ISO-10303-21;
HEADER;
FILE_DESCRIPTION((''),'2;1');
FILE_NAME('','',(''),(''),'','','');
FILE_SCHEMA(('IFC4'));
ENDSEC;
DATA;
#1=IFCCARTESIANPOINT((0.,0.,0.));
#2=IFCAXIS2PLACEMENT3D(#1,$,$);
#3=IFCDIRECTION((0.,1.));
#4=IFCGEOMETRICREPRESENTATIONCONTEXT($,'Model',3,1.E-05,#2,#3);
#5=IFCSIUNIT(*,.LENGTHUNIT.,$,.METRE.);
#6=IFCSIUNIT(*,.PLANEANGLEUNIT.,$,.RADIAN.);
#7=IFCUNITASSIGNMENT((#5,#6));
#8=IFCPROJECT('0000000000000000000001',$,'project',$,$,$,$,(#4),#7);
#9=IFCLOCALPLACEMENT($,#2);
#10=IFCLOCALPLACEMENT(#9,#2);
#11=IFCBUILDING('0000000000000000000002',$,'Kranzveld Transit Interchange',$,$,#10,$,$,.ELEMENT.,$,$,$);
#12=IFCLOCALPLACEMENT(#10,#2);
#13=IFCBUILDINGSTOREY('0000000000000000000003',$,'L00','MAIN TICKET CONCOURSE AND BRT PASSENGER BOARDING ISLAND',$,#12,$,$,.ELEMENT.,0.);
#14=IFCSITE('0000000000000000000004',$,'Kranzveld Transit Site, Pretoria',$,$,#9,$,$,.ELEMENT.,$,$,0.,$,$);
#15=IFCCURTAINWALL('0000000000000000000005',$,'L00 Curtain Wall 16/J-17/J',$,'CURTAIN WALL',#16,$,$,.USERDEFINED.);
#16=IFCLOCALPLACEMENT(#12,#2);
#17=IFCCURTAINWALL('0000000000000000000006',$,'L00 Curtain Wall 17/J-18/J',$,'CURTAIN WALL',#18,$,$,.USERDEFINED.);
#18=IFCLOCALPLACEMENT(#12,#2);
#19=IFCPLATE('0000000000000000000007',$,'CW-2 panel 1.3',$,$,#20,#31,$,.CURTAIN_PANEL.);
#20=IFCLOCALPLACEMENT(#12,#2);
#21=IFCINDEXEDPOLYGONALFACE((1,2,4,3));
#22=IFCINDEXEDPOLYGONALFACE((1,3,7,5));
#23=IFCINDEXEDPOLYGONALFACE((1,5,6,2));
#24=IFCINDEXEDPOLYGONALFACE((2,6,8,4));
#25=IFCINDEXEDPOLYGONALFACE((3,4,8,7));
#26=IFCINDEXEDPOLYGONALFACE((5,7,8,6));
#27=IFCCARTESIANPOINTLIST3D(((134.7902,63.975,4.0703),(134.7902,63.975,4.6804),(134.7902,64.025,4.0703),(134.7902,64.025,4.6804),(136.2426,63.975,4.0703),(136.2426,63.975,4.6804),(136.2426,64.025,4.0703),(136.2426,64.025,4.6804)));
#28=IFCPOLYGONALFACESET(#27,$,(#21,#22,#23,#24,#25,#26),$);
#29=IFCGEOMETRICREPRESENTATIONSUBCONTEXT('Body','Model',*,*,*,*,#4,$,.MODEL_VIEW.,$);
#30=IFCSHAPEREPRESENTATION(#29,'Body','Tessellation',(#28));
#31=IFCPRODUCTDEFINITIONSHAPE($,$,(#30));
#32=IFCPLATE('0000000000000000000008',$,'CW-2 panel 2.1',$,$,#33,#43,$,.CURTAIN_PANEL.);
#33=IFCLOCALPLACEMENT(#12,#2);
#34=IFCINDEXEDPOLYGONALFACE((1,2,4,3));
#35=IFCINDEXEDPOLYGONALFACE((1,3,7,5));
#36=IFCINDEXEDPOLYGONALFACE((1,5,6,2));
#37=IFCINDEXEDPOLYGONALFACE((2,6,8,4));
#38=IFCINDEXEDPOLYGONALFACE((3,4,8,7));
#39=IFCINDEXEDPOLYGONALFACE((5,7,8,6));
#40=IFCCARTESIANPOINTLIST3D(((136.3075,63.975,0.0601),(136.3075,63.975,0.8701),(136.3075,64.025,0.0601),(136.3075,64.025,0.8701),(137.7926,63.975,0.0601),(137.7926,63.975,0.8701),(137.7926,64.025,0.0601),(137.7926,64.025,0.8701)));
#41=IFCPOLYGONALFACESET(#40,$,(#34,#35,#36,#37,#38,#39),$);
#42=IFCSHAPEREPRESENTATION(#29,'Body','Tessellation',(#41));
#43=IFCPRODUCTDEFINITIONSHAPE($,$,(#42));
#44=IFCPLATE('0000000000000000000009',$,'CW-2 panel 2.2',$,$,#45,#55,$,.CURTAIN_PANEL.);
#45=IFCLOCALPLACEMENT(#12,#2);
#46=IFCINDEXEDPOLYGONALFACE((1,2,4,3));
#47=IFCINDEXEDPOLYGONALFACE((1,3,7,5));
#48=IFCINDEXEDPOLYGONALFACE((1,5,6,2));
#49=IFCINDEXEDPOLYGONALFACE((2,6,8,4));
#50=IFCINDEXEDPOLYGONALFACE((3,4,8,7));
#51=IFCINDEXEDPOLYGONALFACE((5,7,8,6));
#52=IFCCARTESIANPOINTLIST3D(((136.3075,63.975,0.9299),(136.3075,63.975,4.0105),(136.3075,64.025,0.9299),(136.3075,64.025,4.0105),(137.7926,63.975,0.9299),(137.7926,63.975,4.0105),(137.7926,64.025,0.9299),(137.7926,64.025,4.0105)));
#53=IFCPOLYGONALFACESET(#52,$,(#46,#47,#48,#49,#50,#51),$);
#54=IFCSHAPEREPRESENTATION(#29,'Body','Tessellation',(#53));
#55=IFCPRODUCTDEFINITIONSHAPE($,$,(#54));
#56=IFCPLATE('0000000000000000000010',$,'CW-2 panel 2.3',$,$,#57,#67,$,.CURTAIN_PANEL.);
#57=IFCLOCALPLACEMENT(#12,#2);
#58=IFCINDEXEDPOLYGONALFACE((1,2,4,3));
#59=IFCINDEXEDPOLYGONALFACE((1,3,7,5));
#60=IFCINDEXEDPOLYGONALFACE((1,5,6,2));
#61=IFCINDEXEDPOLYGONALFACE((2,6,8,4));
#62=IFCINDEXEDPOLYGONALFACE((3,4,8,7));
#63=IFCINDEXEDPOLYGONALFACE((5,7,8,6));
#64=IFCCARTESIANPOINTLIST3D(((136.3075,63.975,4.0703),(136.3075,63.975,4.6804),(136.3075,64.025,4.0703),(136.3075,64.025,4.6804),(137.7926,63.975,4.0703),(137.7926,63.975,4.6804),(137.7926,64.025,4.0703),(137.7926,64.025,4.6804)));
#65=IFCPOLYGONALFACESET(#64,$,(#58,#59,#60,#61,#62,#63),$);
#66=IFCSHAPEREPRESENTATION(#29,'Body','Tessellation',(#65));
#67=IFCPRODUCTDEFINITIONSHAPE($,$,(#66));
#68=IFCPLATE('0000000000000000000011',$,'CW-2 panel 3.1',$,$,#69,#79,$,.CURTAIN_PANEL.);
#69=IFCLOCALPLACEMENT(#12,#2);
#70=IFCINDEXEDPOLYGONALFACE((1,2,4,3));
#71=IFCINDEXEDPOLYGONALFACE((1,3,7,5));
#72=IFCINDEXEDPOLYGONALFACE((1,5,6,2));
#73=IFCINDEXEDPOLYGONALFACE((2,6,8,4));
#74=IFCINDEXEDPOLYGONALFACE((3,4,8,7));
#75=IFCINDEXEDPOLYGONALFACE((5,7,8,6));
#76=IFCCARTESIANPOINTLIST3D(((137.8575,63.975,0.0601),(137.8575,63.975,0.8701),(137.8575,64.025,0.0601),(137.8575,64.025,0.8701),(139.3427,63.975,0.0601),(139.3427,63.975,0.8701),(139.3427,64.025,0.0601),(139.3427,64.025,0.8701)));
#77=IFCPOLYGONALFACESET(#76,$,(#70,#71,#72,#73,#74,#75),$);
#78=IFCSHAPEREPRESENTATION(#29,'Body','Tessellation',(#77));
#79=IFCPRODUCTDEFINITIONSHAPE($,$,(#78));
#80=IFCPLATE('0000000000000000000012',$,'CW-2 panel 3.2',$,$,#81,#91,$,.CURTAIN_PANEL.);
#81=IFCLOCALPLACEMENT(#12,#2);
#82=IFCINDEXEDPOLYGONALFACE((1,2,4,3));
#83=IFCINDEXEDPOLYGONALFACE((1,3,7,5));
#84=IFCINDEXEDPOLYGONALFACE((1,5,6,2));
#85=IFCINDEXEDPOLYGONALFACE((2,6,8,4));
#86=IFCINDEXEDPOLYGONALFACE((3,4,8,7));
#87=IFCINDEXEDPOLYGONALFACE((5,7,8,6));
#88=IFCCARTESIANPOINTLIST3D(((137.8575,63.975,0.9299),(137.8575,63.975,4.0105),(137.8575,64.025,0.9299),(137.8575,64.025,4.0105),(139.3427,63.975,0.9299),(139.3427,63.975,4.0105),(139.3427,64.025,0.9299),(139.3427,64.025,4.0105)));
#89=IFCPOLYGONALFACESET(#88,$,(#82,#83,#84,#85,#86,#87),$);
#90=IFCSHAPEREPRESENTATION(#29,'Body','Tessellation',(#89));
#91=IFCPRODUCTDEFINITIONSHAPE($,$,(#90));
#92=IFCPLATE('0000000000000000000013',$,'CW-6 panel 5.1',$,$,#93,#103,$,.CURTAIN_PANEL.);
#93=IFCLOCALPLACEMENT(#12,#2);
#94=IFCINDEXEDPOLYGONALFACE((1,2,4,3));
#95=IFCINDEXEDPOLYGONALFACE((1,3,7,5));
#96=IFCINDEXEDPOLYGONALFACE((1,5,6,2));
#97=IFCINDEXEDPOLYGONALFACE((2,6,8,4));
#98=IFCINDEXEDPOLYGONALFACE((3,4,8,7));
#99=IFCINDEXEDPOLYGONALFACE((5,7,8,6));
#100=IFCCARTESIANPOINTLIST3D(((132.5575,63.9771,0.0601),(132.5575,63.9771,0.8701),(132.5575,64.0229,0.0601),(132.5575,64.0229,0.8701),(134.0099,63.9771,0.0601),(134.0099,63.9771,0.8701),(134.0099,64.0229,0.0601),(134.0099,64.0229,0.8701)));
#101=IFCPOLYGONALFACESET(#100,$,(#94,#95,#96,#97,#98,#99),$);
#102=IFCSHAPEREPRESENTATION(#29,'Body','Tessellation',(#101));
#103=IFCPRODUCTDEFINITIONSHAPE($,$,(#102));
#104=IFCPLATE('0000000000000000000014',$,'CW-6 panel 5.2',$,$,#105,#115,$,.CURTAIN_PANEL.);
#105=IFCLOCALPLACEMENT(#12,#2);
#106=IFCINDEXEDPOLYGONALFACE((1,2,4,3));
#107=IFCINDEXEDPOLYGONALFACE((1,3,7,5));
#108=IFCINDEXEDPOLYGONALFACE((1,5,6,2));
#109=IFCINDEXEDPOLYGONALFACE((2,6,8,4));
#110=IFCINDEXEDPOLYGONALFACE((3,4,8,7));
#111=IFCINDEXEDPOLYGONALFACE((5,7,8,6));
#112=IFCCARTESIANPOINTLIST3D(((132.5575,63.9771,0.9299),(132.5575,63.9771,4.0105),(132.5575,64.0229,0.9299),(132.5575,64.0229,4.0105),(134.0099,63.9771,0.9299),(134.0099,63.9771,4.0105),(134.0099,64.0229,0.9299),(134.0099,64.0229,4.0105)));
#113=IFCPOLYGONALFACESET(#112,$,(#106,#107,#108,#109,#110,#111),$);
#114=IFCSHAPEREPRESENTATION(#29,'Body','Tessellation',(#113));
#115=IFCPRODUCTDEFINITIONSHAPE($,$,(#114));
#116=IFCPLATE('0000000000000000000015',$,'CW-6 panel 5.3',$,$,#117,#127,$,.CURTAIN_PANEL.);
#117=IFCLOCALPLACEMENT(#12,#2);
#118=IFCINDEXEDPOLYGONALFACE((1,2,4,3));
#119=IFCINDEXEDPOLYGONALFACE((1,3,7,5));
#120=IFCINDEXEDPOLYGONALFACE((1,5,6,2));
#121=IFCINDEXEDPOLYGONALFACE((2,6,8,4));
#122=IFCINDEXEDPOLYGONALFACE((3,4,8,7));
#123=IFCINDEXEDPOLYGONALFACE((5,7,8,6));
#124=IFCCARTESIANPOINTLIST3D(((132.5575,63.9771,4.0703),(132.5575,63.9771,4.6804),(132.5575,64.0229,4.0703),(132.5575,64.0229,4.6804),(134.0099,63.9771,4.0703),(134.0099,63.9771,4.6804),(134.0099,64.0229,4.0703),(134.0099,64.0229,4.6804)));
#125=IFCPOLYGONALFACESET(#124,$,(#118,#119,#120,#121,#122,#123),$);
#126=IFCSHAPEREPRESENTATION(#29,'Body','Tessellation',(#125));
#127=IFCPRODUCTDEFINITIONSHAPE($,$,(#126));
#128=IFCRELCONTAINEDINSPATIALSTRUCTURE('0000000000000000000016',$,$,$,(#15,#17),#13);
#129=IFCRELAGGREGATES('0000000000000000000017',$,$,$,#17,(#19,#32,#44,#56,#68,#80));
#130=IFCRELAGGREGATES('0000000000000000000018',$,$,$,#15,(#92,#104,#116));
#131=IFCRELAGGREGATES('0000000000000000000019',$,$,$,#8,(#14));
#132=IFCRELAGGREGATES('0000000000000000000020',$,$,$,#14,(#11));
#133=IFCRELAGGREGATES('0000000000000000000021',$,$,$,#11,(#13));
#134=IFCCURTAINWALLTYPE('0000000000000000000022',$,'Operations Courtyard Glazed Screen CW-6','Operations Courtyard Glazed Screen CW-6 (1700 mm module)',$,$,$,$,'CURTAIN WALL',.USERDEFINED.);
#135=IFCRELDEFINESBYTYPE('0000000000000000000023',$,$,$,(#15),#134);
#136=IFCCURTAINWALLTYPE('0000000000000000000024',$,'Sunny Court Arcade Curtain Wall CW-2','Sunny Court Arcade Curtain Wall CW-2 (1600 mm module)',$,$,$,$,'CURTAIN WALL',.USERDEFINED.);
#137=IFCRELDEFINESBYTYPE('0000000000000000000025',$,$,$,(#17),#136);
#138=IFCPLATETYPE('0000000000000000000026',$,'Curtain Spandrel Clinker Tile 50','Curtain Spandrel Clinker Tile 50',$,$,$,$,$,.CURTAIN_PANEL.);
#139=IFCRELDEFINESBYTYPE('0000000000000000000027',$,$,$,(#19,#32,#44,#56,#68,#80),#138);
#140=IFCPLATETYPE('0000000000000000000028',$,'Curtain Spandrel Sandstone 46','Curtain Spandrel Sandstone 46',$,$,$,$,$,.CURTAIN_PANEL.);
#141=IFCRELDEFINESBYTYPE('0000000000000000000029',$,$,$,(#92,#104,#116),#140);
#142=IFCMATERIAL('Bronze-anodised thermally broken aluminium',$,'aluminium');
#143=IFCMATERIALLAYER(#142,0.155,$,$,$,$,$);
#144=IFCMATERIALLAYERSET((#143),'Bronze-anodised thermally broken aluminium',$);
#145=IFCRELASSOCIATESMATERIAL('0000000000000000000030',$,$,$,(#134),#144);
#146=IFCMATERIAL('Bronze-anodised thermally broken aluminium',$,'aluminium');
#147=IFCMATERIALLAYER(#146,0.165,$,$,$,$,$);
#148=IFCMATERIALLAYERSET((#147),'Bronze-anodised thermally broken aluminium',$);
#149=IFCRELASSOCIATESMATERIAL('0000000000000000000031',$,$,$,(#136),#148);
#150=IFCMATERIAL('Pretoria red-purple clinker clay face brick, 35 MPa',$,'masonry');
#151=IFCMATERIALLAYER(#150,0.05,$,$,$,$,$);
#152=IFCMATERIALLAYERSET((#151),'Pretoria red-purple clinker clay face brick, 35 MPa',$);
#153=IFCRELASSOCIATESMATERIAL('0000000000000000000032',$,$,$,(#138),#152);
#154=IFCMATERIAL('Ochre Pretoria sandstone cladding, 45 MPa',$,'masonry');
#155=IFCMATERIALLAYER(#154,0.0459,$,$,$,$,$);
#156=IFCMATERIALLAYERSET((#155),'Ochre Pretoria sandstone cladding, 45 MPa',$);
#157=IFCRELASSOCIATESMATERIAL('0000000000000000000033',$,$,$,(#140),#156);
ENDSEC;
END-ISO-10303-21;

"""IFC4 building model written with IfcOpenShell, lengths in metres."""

from ifc_helpers import new_model, si_unit, direction, frame, origin, origin_2d, place, context, subcontext, project, spatial, rectangle, extrude, material, layer, layer_set, type_object, element, aggregate, save


model = new_model("IFC4")

# Units and contexts
model_context = context("Model", 3, precision=1e-05, world=origin(), true_north=direction((0.0, 1.0)))
body_context = subcontext(model_context, "Body", "Model", "MODEL_VIEW")
ifc_project = project(units=[si_unit("LENGTHUNIT", "METRE"), si_unit("PLANEANGLEUNIT", "RADIAN")], contexts=[model_context])

# Site, building, storey
site_placement = place(None, origin())
site = spatial("IfcSite", under=ifc_project, at=site_placement, Name="Kranzveld Transit Site, Pretoria", CompositionType="ELEMENT", RefElevation=0.0)
building_placement = place(site_placement, origin())
building = spatial("IfcBuilding", under=site, at=building_placement, Name="Kranzveld Transit Interchange", CompositionType="ELEMENT")
storey_placement = place(building_placement, origin())
storey = spatial("IfcBuildingStorey", under=building, at=storey_placement, Name="L00", Description="MAIN TICKET CONCOURSE AND BRT PASSENGER BOARDING ISLAND", CompositionType="ELEMENT", Elevation=0.0)

# Curtain wall
ifc_material_1 = material(Name="Bronze-anodised thermally broken aluminium", Category="aluminium")
ifc_layer_1 = layer(ifc_material_1, 0.155)
ifc_layer_set_1 = layer_set([ifc_layer_1], Name="Bronze-anodised thermally broken aluminium")
curtain_wall_type_1 = type_object("IfcCurtainWallType", Name="Operations Courtyard Glazed Screen CW-6", Description="Operations Courtyard Glazed Screen CW-6 (1700 mm module)", ElementType="CURTAIN WALL", PredefinedType="USERDEFINED", material=ifc_layer_set_1)
curtain_wall_1_placement = place(storey_placement, origin())
curtain_wall_1 = element("IfcCurtainWall", 1, at=curtain_wall_1_placement, inside=storey, type_object=curtain_wall_type_1, Name="L00 Curtain Wall 16/J-17/J", ObjectType="CURTAIN WALL", PredefinedType="USERDEFINED")

# Curtain wall
ifc_material_2 = material(Name="Bronze-anodised thermally broken aluminium", Category="aluminium")
ifc_layer_2 = layer(ifc_material_2, 0.165)
ifc_layer_set_2 = layer_set([ifc_layer_2], Name="Bronze-anodised thermally broken aluminium")
curtain_wall_type_2 = type_object("IfcCurtainWallType", Name="Sunny Court Arcade Curtain Wall CW-2", Description="Sunny Court Arcade Curtain Wall CW-2 (1600 mm module)", ElementType="CURTAIN WALL", PredefinedType="USERDEFINED", material=ifc_layer_set_2)
curtain_wall_2_placement = place(storey_placement, origin())
curtain_wall_2 = element("IfcCurtainWall", 2, at=curtain_wall_2_placement, inside=storey, type_object=curtain_wall_type_2, Name="L00 Curtain Wall 17/J-18/J", ObjectType="CURTAIN WALL", PredefinedType="USERDEFINED")

# Plates
ifc_material_3 = material(Name="Pretoria red-purple clinker clay face brick, 35 MPa", Category="masonry")
ifc_layer_3 = layer(ifc_material_3, 0.05)
ifc_layer_set_3 = layer_set([ifc_layer_3], Name="Pretoria red-purple clinker clay face brick, 35 MPa")
plate_type_1 = type_object("IfcPlateType", Name="Curtain Spandrel Clinker Tile 50", Description="Curtain Spandrel Clinker Tile 50", PredefinedType="CURTAIN_PANEL", material=ifc_layer_set_3)
plate_1_placement = place(storey_placement, frame((135.5164, 64.0, 4.0703), z_axis=(0.0, 0.0, 1.0), x_axis=(1.0, 0.0, 0.0)))
plate_1 = element("IfcPlate", 3, at=plate_1_placement, type_object=plate_type_1, Name="CW-2 panel 1.3", PredefinedType="CURTAIN_PANEL", context=body_context, shape_type="SweptSolid", body=[
    extrude(rectangle(XDim=1.4524, YDim=0.05, at=origin_2d()), origin(), (0.0, 0.0, 1.0), 0.6101),
])
plate_2_placement = place(storey_placement, frame((137.05, 64.0, 0.0601), z_axis=(0.0, 0.0, 1.0), x_axis=(1.0, 0.0, 0.0)))
plate_2 = element("IfcPlate", 4, at=plate_2_placement, type_object=plate_type_1, Name="CW-2 panel 2.1", PredefinedType="CURTAIN_PANEL", context=body_context, shape_type="SweptSolid", body=[
    extrude(rectangle(XDim=1.4851, YDim=0.05, at=origin_2d()), origin(), (0.0, 0.0, 1.0), 0.8101),
])
plate_3_placement = place(storey_placement, frame((137.05, 64.0, 0.9299), z_axis=(0.0, 0.0, 1.0), x_axis=(1.0, 0.0, 0.0)))
plate_3 = element("IfcPlate", 5, at=plate_3_placement, type_object=plate_type_1, Name="CW-2 panel 2.2", PredefinedType="CURTAIN_PANEL", context=body_context, shape_type="SweptSolid", body=[
    extrude(rectangle(XDim=1.4851, YDim=0.05, at=origin_2d()), origin(), (0.0, 0.0, 1.0), 3.0806),
])
plate_4_placement = place(storey_placement, frame((137.05, 64.0, 4.0703), z_axis=(0.0, 0.0, 1.0), x_axis=(1.0, 0.0, 0.0)))
plate_4 = element("IfcPlate", 6, at=plate_4_placement, type_object=plate_type_1, Name="CW-2 panel 2.3", PredefinedType="CURTAIN_PANEL", context=body_context, shape_type="SweptSolid", body=[
    extrude(rectangle(XDim=1.4851, YDim=0.05, at=origin_2d()), origin(), (0.0, 0.0, 1.0), 0.6101),
])
plate_5_placement = place(storey_placement, frame((138.6001, 64.0, 0.0601), z_axis=(0.0, 0.0, 1.0), x_axis=(1.0, 0.0, 0.0)))
plate_5 = element("IfcPlate", 7, at=plate_5_placement, type_object=plate_type_1, Name="CW-2 panel 3.1", PredefinedType="CURTAIN_PANEL", context=body_context, shape_type="SweptSolid", body=[
    extrude(rectangle(XDim=1.4851, YDim=0.05, at=origin_2d()), origin(), (0.0, 0.0, 1.0), 0.8101),
])
plate_6_placement = place(storey_placement, frame((138.6001, 64.0, 0.9299), z_axis=(0.0, 0.0, 1.0), x_axis=(1.0, 0.0, 0.0)))
plate_6 = element("IfcPlate", 8, at=plate_6_placement, type_object=plate_type_1, Name="CW-2 panel 3.2", PredefinedType="CURTAIN_PANEL", context=body_context, shape_type="SweptSolid", body=[
    extrude(rectangle(XDim=1.4851, YDim=0.05, at=origin_2d()), origin(), (0.0, 0.0, 1.0), 3.0806),
])
aggregate(curtain_wall_2, [plate_1, plate_2, plate_3, plate_4, plate_5, plate_6])
ifc_material_4 = material(Name="Ochre Pretoria sandstone cladding, 45 MPa", Category="masonry")
ifc_layer_4 = layer(ifc_material_4, 0.0459)
ifc_layer_set_4 = layer_set([ifc_layer_4], Name="Ochre Pretoria sandstone cladding, 45 MPa")
plate_type_2 = type_object("IfcPlateType", Name="Curtain Spandrel Sandstone 46", Description="Curtain Spandrel Sandstone 46", PredefinedType="CURTAIN_PANEL", material=ifc_layer_set_4)
plate_7_placement = place(storey_placement, frame((133.2837, 64.0, 0.0601), z_axis=(0.0, 0.0, 1.0), x_axis=(1.0, 0.0, 0.0)))
plate_7 = element("IfcPlate", 9, at=plate_7_placement, type_object=plate_type_2, Name="CW-6 panel 5.1", PredefinedType="CURTAIN_PANEL", context=body_context, shape_type="SweptSolid", body=[
    extrude(rectangle(XDim=1.4524, YDim=0.0459, at=origin_2d()), origin(), (0.0, 0.0, 1.0), 0.8101),
])
plate_8_placement = place(storey_placement, frame((133.2837, 64.0, 0.9299), z_axis=(0.0, 0.0, 1.0), x_axis=(1.0, 0.0, 0.0)))
plate_8 = element("IfcPlate", 10, at=plate_8_placement, type_object=plate_type_2, Name="CW-6 panel 5.2", PredefinedType="CURTAIN_PANEL", context=body_context, shape_type="SweptSolid", body=[
    extrude(rectangle(XDim=1.4524, YDim=0.0459, at=origin_2d()), origin(), (0.0, 0.0, 1.0), 3.0806),
])
plate_9_placement = place(storey_placement, frame((133.2837, 64.0, 4.0703), z_axis=(0.0, 0.0, 1.0), x_axis=(1.0, 0.0, 0.0)))
plate_9 = element("IfcPlate", 11, at=plate_9_placement, type_object=plate_type_2, Name="CW-6 panel 5.3", PredefinedType="CURTAIN_PANEL", context=body_context, shape_type="SweptSolid", body=[
    extrude(rectangle(XDim=1.4524, YDim=0.0459, at=origin_2d()), origin(), (0.0, 0.0, 1.0), 0.6101),
])
aggregate(curtain_wall_1, [plate_7, plate_8, plate_9])

save(model, "model.ifc")
